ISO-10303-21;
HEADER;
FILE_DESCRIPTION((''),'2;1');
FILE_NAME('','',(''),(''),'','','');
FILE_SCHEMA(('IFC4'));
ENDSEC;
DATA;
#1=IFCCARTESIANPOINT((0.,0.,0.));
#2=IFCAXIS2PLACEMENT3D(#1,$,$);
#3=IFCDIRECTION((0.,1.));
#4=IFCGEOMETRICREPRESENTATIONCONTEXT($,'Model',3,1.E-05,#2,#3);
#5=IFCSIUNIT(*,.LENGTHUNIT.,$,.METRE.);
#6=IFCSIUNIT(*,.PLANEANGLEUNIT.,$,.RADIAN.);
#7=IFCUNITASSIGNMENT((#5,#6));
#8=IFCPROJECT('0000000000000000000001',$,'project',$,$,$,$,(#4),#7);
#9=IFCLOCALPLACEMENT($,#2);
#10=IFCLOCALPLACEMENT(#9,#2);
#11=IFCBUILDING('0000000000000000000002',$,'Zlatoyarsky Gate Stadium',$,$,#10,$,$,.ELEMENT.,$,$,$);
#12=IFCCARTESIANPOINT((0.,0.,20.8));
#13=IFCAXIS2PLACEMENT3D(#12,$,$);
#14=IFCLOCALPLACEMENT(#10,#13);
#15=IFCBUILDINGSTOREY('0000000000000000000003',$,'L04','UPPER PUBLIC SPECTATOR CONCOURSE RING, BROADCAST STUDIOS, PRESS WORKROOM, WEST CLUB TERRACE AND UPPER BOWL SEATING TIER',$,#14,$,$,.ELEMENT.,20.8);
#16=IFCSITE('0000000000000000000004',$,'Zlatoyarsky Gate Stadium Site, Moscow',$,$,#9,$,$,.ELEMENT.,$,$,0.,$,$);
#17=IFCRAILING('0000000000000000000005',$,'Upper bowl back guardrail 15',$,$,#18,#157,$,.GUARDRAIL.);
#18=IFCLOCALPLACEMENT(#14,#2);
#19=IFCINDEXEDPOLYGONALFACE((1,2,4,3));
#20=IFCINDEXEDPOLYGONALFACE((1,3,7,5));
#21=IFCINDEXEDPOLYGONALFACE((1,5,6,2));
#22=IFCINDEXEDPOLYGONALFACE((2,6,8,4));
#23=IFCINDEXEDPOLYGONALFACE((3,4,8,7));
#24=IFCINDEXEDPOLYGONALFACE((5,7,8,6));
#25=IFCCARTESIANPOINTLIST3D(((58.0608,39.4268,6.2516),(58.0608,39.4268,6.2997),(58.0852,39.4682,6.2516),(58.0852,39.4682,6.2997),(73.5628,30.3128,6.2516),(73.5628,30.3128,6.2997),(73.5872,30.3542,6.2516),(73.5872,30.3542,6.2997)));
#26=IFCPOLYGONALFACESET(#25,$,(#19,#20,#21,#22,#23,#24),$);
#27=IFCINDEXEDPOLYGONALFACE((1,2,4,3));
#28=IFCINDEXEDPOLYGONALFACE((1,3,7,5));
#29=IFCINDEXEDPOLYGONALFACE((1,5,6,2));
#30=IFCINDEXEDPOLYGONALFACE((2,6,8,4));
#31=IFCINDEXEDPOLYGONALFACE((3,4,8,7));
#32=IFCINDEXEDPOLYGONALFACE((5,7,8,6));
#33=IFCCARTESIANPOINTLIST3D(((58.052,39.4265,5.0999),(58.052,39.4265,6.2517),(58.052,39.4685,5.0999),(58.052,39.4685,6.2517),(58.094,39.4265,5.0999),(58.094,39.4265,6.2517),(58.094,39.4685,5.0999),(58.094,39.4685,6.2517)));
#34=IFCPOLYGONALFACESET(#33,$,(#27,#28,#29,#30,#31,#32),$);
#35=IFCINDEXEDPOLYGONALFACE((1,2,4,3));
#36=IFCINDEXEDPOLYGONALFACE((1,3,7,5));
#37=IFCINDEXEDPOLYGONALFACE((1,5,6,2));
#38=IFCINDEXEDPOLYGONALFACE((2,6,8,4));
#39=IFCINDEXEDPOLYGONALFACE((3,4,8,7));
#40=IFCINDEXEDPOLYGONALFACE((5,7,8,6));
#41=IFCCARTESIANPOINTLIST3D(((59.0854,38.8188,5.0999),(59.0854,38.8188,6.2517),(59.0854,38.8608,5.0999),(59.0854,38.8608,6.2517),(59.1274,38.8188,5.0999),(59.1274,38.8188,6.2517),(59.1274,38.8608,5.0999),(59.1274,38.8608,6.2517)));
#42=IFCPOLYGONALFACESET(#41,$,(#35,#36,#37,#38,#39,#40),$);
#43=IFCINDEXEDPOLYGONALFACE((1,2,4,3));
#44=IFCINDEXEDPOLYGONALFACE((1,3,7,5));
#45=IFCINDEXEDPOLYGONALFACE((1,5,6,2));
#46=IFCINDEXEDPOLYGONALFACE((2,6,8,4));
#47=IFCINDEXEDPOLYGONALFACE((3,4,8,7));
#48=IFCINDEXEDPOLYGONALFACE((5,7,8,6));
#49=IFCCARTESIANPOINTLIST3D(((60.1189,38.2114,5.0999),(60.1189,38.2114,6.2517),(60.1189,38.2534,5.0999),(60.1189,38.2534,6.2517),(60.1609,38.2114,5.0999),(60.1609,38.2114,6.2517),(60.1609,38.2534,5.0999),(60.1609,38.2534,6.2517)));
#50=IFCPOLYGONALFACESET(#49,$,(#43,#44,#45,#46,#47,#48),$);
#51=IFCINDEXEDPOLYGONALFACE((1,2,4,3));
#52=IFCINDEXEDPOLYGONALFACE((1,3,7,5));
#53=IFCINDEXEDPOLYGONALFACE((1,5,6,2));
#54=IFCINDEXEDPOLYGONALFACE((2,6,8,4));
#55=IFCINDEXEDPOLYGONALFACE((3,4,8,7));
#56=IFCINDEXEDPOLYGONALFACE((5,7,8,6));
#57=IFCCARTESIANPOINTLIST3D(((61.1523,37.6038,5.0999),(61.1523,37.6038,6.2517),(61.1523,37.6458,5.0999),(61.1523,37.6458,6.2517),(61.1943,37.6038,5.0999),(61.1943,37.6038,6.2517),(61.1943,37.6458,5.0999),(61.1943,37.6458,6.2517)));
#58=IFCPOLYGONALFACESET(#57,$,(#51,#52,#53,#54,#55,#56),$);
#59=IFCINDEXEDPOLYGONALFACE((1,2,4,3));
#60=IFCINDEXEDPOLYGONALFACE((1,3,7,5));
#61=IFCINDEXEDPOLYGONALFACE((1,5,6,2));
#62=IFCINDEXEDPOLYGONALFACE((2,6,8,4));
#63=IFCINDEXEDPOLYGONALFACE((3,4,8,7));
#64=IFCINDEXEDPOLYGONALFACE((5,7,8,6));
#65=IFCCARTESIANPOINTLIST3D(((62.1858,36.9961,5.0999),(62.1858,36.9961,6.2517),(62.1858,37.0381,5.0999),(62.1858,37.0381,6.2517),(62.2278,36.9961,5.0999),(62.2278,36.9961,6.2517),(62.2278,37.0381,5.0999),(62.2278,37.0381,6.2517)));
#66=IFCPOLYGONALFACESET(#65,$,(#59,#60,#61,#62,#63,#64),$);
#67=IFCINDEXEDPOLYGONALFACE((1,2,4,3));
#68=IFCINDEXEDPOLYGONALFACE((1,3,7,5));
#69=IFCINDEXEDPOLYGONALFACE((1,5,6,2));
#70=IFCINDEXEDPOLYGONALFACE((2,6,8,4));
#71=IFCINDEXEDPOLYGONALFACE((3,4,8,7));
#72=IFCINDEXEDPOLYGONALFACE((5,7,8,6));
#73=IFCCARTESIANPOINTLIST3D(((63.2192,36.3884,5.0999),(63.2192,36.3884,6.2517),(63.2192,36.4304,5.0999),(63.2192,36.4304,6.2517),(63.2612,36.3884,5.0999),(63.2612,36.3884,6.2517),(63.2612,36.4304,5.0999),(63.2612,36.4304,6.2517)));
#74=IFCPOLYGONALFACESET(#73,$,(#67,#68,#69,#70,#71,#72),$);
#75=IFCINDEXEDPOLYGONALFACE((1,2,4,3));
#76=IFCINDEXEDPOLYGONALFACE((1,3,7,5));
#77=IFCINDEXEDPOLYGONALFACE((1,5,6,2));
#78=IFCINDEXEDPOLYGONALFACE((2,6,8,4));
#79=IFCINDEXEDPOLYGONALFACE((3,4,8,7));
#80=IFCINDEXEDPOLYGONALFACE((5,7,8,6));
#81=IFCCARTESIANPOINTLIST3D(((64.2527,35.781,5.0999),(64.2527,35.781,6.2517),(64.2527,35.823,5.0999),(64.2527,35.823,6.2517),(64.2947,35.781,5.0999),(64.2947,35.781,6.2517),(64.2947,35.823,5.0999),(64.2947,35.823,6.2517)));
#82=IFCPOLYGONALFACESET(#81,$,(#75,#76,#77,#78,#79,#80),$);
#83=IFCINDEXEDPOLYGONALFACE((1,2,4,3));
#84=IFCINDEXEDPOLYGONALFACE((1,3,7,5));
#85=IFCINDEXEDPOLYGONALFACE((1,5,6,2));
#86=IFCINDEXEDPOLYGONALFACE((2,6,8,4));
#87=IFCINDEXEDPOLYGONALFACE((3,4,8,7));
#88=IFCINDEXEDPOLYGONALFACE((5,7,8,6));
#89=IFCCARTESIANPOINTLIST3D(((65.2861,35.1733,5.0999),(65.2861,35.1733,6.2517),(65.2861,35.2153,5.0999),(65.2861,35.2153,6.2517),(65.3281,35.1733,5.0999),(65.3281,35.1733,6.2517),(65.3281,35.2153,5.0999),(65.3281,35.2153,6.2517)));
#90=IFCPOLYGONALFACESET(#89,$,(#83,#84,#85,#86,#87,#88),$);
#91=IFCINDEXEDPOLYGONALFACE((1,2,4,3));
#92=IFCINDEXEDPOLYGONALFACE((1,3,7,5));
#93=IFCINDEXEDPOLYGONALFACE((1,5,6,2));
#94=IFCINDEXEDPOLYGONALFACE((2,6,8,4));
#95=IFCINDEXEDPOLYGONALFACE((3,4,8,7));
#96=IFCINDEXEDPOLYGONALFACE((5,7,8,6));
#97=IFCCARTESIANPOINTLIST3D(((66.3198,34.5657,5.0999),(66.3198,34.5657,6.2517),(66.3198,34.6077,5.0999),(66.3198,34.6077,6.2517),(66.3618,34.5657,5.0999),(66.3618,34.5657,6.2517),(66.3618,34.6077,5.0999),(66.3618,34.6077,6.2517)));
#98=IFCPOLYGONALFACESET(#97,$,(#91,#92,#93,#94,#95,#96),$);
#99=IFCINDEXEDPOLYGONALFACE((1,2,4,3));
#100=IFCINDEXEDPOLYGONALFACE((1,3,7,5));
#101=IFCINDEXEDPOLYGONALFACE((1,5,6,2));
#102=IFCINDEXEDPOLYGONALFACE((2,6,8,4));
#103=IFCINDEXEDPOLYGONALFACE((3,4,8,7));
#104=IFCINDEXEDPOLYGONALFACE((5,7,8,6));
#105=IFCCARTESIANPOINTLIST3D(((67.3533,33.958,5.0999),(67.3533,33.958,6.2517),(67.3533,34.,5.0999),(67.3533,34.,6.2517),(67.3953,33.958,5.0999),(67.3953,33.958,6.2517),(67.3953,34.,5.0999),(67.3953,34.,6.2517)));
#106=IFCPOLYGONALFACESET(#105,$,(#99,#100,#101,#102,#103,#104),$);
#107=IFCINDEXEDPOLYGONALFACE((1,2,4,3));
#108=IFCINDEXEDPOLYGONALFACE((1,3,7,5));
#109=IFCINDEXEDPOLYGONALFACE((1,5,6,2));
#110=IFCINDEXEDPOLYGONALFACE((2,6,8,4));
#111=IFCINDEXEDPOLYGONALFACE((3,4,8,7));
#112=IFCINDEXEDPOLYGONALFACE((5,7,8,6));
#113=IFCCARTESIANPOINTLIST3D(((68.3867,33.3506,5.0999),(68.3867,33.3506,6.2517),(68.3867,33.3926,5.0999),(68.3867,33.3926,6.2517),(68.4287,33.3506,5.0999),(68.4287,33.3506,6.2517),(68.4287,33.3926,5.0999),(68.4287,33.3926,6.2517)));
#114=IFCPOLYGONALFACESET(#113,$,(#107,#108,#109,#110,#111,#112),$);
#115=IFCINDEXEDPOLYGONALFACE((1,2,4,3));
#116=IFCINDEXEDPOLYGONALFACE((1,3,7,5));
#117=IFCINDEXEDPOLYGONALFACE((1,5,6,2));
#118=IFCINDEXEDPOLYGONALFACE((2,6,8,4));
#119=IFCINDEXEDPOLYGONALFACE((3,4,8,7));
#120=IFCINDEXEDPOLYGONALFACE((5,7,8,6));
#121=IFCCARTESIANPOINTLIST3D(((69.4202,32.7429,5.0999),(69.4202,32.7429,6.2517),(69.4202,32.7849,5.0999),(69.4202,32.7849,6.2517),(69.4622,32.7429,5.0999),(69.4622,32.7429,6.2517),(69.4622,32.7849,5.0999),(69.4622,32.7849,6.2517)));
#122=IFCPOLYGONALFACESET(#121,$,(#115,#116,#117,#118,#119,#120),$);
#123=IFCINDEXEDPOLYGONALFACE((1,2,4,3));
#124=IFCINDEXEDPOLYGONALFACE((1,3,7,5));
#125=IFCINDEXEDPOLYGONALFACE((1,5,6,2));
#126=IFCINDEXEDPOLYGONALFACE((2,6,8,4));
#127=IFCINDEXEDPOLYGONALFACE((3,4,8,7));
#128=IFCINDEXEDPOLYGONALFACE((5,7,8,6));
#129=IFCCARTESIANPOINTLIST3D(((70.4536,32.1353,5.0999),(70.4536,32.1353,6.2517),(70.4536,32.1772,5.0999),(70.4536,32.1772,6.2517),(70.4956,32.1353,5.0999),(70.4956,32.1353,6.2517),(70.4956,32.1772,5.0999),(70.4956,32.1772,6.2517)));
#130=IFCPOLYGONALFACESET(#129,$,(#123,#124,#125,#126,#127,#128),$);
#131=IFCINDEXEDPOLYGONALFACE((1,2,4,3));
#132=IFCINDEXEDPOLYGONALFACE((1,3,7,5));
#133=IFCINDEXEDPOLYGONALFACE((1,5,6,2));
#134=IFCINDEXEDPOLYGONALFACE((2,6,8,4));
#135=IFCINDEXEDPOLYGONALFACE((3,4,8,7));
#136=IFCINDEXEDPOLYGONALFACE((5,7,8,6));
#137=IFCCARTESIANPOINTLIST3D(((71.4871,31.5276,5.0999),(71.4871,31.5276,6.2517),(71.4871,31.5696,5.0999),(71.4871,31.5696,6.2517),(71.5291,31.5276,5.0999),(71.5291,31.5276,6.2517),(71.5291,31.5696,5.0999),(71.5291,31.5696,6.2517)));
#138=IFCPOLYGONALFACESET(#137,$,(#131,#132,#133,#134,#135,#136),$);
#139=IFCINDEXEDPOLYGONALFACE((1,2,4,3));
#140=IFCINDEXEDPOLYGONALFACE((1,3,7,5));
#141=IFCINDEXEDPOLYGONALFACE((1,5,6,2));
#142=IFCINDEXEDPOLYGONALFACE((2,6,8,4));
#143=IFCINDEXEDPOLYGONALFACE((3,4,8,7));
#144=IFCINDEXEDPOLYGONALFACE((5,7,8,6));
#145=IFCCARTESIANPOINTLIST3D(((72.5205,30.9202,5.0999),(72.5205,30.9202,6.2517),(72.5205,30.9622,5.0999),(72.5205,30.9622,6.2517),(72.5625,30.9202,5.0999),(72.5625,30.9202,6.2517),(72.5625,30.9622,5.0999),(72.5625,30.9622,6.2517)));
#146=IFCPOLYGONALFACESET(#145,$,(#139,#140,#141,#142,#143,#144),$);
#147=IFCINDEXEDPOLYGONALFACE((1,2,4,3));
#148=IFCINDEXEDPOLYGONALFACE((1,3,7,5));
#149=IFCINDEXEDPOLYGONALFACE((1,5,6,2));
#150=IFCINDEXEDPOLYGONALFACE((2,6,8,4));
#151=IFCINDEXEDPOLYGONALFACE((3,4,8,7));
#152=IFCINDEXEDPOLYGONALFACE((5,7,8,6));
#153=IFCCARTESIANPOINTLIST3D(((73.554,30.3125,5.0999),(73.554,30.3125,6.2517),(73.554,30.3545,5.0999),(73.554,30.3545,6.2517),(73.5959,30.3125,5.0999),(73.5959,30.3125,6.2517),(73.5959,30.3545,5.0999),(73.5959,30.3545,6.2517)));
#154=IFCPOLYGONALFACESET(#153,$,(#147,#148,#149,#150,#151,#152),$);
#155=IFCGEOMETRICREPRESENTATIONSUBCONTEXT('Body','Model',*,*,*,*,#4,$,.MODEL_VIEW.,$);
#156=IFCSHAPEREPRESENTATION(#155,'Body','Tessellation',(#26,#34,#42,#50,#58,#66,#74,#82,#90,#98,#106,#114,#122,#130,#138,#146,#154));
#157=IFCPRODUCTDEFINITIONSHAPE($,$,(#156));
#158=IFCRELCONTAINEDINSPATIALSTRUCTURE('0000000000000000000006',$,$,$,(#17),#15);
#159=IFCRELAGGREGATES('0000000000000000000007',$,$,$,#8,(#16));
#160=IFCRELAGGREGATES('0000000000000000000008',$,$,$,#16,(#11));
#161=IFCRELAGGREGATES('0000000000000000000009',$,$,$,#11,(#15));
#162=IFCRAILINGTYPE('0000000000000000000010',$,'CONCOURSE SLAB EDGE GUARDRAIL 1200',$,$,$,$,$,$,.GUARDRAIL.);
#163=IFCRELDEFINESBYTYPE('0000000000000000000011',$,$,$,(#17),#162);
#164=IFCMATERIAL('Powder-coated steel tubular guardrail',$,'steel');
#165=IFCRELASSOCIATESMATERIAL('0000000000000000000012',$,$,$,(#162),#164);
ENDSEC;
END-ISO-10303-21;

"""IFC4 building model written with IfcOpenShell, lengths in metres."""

from ifc_helpers import new_model, si_unit, direction, frame, origin, origin_2d, place, context, subcontext, project, spatial, rectangle, extrude, material, type_object, element, save


model = new_model("IFC4")

# Units and contexts
model_context = context("Model", 3, precision=1e-05, world=origin(), true_north=direction((0.0, 1.0)))
body_context = subcontext(model_context, "Body", "Model", "MODEL_VIEW")
ifc_project = project(units=[si_unit("LENGTHUNIT", "METRE"), si_unit("PLANEANGLEUNIT", "RADIAN")], contexts=[model_context])

# Site, building, storey
site_placement = place(None, origin())
site = spatial("IfcSite", under=ifc_project, at=site_placement, Name="Zlatoyarsky Gate Stadium Site, Moscow", CompositionType="ELEMENT", RefElevation=0.0)
building_placement = place(site_placement, origin())
building = spatial("IfcBuilding", under=site, at=building_placement, Name="Zlatoyarsky Gate Stadium", CompositionType="ELEMENT")
storey_placement = place(building_placement, frame((0.0, 0.0, 20.8)))
storey = spatial("IfcBuildingStorey", under=building, at=storey_placement, Name="L04", Description="UPPER PUBLIC SPECTATOR CONCOURSE RING, BROADCAST STUDIOS, PRESS WORKROOM, WEST CLUB TERRACE AND UPPER BOWL SEATING TIER", CompositionType="ELEMENT", Elevation=20.8)

# Railing
ifc_material_1 = material(Name="Powder-coated steel tubular guardrail", Category="steel")
railing_type = type_object("IfcRailingType", Name="CONCOURSE SLAB EDGE GUARDRAIL 1200", PredefinedType="GUARDRAIL", material=ifc_material_1)
railing_1_placement = place(storey_placement, frame((58.073, 39.4475, 5.0999)))
element("IfcRailing", 1, at=railing_1_placement, inside=storey, type_object=railing_type, Name="Upper bowl back guardrail 15", PredefinedType="GUARDRAIL", context=body_context, shape_type="SweptSolid", body=[
    extrude(rectangle(XDim=0.0481, YDim=0.0481, at=origin_2d()), frame((0.0, 0.0, 1.1758), z_axis=(0.86205, -0.506823, 0.0), x_axis=(0.506823, 0.86205, 0.0)), (0.0, 0.0, 1.0), 17.9827),
    extrude(rectangle(XDim=0.042, YDim=0.042, at=origin_2d()), origin(), (0.0, 0.0, 1.0), 1.1519),
    extrude(rectangle(XDim=0.042, YDim=0.042, at=origin_2d()), frame((1.0334, -0.6077, 0.0)), (0.0, 0.0, 1.0), 1.1519),
    extrude(rectangle(XDim=0.042, YDim=0.042, at=origin_2d()), frame((2.0669, -1.2151, 0.0)), (0.0, 0.0, 1.0), 1.1519),
    extrude(rectangle(XDim=0.042, YDim=0.042, at=origin_2d()), frame((3.1003, -1.8228, 0.0)), (0.0, 0.0, 1.0), 1.1519),
    extrude(rectangle(XDim=0.042, YDim=0.042, at=origin_2d()), frame((4.1338, -2.4304, 0.0)), (0.0, 0.0, 1.0), 1.1519),
    extrude(rectangle(XDim=0.042, YDim=0.042, at=origin_2d()), frame((5.1672, -3.0381, 0.0)), (0.0, 0.0, 1.0), 1.1519),
    extrude(rectangle(XDim=0.042, YDim=0.042, at=origin_2d()), frame((6.2007, -3.6455, 0.0)), (0.0, 0.0, 1.0), 1.1519),
    extrude(rectangle(XDim=0.042, YDim=0.042, at=origin_2d()), frame((7.2341, -4.2532, 0.0)), (0.0, 0.0, 1.0), 1.1519),
    extrude(rectangle(XDim=0.042, YDim=0.042, at=origin_2d()), frame((8.2678, -4.8608, 0.0)), (0.0, 0.0, 1.0), 1.1519),
    extrude(rectangle(XDim=0.042, YDim=0.042, at=origin_2d()), frame((9.3013, -5.4685, 0.0)), (0.0, 0.0, 1.0), 1.1519),
    extrude(rectangle(XDim=0.042, YDim=0.042, at=origin_2d()), frame((10.3347, -6.0759, 0.0)), (0.0, 0.0, 1.0), 1.1519),
    extrude(rectangle(XDim=0.042, YDim=0.042, at=origin_2d()), frame((11.3682, -6.6836, 0.0)), (0.0, 0.0, 1.0), 1.1519),
    extrude(rectangle(XDim=0.042, YDim=0.042, at=origin_2d()), frame((12.4016, -7.2913, 0.0)), (0.0, 0.0, 1.0), 1.1519),
    extrude(rectangle(XDim=0.042, YDim=0.042, at=origin_2d()), frame((13.4351, -7.8989, 0.0)), (0.0, 0.0, 1.0), 1.1519),
    extrude(rectangle(XDim=0.042, YDim=0.042, at=origin_2d()), frame((14.4685, -8.5063, 0.0)), (0.0, 0.0, 1.0), 1.1519),
    extrude(rectangle(XDim=0.042, YDim=0.042, at=origin_2d()), frame((15.502, -9.114, 0.0)), (0.0, 0.0, 1.0), 1.1519),
])

save(model, "model.ifc")
